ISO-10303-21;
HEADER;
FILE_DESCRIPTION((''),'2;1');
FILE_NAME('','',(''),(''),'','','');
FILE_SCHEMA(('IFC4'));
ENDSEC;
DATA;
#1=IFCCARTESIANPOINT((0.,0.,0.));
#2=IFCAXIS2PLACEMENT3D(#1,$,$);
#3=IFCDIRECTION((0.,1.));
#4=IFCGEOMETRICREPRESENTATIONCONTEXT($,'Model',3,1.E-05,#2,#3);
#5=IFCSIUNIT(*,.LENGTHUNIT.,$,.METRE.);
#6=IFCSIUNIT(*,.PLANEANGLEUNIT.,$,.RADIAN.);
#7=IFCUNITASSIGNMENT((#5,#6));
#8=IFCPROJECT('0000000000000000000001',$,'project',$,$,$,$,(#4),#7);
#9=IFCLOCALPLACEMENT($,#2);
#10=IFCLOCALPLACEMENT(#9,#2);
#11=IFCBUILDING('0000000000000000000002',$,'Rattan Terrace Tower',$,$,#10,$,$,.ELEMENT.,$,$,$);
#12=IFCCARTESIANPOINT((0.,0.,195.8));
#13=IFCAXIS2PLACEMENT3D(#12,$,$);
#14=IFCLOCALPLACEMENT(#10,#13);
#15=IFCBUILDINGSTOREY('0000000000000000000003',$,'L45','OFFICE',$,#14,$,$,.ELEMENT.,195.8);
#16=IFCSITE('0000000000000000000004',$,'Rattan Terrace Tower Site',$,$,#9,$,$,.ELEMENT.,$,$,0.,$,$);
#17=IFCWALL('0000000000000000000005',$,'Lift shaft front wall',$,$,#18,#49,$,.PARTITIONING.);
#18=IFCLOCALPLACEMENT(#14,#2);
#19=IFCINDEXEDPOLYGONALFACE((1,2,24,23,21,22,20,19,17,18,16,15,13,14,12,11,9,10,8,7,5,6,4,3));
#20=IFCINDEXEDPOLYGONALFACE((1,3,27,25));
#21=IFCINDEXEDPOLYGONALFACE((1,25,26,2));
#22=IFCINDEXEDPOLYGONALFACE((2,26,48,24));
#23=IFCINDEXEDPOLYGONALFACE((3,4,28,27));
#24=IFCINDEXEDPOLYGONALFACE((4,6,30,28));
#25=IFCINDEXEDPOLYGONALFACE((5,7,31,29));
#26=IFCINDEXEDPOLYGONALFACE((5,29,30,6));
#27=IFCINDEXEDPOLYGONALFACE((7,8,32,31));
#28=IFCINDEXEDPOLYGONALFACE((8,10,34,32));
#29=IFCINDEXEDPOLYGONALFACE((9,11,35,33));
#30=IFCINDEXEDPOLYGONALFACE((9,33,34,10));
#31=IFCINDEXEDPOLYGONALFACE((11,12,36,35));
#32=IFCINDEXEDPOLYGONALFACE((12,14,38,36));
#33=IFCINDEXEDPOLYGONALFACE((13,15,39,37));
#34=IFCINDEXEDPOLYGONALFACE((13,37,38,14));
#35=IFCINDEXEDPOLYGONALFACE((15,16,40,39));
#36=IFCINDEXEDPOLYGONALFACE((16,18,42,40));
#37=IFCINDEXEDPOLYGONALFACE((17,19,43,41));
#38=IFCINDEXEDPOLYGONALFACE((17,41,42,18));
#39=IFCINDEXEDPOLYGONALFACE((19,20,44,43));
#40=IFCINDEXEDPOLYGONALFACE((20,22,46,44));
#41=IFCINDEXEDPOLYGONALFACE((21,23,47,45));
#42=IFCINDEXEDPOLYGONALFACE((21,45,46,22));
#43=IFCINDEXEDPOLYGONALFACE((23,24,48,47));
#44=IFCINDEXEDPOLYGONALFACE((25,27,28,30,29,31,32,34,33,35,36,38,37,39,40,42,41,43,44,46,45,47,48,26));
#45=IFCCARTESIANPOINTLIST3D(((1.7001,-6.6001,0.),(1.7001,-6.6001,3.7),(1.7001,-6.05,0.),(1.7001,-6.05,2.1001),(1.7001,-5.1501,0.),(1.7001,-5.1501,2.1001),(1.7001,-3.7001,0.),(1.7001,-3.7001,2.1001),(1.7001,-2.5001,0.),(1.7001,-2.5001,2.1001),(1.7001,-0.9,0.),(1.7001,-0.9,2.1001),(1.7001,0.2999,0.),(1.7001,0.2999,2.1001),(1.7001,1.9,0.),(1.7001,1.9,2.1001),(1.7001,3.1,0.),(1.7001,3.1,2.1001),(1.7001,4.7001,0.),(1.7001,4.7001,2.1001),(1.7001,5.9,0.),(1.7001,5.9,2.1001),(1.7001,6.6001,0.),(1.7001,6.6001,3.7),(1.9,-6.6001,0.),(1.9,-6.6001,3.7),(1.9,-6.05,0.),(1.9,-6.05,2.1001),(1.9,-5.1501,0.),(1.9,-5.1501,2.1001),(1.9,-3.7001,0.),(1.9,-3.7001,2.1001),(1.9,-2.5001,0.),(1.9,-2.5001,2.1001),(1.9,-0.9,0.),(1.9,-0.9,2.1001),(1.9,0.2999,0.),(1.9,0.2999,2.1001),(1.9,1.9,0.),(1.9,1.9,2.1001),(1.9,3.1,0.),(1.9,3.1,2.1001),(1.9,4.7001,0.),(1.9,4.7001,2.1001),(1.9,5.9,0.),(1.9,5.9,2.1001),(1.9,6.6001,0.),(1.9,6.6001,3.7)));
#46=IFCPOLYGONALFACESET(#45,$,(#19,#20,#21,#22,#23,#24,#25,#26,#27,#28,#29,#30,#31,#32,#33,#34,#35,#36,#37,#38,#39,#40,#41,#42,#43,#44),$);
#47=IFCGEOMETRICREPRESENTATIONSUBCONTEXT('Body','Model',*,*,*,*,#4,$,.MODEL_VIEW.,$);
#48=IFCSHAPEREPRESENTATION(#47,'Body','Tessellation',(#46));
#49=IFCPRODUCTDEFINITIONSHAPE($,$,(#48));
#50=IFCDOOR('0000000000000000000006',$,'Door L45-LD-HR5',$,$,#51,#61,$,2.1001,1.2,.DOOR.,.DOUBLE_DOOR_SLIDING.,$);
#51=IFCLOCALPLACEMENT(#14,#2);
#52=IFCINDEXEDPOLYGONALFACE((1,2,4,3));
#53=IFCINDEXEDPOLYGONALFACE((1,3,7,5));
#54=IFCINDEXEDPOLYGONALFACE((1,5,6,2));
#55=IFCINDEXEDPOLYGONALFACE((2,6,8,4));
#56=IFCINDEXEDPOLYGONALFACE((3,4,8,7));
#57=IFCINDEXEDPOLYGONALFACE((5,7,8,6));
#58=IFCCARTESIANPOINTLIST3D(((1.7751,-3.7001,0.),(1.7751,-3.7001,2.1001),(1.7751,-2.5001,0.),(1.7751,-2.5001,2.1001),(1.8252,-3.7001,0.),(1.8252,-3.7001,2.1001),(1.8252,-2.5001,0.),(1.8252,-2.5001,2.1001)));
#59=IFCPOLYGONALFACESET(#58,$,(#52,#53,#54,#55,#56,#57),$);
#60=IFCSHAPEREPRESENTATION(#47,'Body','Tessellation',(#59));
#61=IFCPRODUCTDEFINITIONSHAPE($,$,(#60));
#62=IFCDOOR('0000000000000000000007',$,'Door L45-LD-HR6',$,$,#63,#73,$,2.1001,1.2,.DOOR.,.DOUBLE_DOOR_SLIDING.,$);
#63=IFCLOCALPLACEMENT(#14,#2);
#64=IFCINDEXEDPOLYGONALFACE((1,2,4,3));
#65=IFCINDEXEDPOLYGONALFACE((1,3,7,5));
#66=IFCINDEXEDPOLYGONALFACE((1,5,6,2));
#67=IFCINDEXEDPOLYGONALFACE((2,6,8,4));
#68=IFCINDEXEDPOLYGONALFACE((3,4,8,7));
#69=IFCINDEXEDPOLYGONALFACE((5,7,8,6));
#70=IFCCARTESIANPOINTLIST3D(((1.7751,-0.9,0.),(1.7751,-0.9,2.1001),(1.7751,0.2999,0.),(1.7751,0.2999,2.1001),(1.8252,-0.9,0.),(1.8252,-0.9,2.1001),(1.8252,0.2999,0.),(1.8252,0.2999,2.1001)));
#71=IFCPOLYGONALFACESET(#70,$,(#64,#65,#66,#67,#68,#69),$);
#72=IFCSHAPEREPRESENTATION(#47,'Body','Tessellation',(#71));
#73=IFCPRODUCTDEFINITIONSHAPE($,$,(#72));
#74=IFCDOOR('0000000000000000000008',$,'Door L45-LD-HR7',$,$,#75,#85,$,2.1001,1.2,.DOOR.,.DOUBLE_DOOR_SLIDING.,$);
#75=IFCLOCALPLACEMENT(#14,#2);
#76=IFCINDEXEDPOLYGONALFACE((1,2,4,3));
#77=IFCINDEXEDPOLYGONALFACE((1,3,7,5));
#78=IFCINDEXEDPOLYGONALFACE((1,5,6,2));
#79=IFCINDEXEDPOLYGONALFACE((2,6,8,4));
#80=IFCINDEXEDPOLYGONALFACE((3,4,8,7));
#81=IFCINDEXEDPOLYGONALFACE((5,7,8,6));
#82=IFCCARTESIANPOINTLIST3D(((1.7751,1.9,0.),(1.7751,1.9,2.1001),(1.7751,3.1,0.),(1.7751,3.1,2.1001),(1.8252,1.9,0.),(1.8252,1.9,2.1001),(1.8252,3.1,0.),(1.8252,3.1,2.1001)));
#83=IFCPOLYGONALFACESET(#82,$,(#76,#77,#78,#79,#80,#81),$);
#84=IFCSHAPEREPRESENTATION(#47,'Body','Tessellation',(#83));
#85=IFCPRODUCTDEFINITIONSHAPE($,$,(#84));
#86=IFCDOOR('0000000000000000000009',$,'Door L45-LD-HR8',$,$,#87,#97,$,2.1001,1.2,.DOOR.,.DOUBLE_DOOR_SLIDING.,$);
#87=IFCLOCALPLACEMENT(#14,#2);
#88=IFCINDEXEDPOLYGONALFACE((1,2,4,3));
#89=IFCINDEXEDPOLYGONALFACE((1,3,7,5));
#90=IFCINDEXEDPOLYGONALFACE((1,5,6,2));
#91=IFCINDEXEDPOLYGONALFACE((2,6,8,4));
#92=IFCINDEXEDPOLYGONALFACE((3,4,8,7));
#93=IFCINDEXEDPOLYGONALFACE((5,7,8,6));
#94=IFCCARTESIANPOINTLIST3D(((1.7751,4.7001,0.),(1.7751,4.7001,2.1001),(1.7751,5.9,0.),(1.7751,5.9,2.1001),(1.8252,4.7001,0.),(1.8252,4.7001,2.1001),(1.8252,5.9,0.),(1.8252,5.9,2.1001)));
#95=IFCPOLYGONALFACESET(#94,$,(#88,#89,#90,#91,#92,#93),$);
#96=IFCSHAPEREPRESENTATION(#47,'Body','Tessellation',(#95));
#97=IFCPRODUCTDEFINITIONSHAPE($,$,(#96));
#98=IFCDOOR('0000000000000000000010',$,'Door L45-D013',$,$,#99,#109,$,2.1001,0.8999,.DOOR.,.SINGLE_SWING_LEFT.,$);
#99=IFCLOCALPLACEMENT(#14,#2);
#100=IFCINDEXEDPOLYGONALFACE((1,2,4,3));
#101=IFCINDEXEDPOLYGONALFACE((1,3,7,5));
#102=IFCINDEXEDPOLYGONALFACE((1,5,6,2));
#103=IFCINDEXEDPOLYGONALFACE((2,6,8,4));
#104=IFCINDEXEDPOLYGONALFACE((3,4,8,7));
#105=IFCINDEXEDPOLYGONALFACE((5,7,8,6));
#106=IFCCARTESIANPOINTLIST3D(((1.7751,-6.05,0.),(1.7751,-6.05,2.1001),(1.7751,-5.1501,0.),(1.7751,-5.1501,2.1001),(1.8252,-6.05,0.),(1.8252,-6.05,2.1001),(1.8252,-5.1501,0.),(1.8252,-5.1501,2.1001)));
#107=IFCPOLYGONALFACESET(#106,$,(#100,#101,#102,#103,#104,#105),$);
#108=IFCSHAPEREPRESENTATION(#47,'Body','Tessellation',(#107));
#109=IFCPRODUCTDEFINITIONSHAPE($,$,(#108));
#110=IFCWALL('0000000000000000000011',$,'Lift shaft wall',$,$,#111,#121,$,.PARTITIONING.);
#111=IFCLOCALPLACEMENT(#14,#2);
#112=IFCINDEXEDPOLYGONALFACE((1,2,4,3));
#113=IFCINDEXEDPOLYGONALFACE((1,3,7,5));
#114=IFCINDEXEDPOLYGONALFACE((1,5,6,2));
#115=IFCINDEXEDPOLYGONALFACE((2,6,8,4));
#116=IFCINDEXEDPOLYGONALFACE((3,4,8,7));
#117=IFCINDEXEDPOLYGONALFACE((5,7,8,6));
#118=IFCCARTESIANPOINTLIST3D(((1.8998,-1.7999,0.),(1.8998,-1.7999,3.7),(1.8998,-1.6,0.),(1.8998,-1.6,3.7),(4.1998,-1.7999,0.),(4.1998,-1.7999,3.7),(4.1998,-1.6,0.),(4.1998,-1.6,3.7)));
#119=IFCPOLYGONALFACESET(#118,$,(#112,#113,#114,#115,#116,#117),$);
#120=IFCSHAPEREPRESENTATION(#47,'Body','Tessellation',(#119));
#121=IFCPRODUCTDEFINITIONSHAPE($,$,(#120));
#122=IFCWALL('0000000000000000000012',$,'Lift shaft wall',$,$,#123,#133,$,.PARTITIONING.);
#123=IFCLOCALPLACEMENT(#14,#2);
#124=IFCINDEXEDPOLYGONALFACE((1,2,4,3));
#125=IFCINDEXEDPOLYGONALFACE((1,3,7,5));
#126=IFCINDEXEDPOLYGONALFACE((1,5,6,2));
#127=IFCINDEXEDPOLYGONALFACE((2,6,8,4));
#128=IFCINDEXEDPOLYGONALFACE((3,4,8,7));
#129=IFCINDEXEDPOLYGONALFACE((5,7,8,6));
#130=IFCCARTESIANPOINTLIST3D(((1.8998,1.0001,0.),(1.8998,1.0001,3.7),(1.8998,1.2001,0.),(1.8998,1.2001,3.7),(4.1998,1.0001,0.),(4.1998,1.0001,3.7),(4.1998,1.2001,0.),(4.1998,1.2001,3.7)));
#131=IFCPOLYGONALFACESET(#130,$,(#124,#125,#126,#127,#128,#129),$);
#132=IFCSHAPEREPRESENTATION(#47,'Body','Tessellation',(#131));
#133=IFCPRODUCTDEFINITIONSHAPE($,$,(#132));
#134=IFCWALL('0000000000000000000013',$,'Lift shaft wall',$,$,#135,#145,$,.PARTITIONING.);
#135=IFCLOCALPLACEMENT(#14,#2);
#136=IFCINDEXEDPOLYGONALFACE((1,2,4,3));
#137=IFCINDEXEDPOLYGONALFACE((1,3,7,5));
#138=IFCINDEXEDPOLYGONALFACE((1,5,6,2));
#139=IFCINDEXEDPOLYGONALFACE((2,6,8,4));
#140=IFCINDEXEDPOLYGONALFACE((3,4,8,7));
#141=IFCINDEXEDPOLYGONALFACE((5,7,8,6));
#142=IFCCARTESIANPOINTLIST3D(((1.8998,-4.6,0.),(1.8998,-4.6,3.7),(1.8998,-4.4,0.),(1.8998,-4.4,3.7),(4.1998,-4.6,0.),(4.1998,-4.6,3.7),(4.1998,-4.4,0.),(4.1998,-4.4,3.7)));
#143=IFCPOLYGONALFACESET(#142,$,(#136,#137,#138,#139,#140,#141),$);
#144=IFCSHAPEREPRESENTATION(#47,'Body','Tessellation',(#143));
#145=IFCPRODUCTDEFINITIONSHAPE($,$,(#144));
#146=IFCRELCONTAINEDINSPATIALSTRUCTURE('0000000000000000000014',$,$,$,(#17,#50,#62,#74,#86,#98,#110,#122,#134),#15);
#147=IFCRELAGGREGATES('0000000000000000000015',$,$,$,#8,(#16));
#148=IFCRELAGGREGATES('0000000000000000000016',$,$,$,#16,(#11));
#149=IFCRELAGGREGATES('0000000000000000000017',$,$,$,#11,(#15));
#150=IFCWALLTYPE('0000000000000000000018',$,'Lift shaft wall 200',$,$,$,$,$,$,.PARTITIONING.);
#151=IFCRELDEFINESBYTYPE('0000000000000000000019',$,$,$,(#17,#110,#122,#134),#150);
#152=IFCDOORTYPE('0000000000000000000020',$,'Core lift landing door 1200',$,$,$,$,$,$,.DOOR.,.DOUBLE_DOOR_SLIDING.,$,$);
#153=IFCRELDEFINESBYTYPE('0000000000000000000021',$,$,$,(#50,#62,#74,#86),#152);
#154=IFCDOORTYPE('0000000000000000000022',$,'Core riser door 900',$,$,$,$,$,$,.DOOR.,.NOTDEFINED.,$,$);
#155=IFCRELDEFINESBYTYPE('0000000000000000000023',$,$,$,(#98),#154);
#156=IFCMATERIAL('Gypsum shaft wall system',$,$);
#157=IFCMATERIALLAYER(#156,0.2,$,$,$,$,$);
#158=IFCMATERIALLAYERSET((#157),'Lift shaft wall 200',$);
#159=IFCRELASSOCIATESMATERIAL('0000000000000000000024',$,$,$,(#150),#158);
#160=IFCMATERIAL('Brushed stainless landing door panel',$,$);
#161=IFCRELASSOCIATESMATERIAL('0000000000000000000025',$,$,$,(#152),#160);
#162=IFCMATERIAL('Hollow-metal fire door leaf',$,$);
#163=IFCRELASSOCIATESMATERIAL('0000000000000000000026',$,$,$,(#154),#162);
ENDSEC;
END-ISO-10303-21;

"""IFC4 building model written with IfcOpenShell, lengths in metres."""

from ifc_helpers import new_model, si_unit, direction, frame, frame_2d, origin, place, context, subcontext, project, spatial, rectangle, extrude, material, layer, layer_set, type_object, element, fill, save


model = new_model("IFC4")

# Units and contexts
model_context = context("Model", 3, precision=1e-05, world=origin(), true_north=direction((0.0, 1.0)))
body_context = subcontext(model_context, "Body", "Model", "MODEL_VIEW")
ifc_project = project(units=[si_unit("LENGTHUNIT", "METRE"), si_unit("PLANEANGLEUNIT", "RADIAN")], contexts=[model_context])

# Site, building, storey
site_placement = place(None, origin())
site = spatial("IfcSite", under=ifc_project, at=site_placement, Name="Rattan Terrace Tower Site", CompositionType="ELEMENT", RefElevation=0.0)
building_placement = place(site_placement, origin())
building = spatial("IfcBuilding", under=site, at=building_placement, Name="Rattan Terrace Tower", CompositionType="ELEMENT")
storey_placement = place(building_placement, frame((0.0, 0.0, 195.8)))
storey = spatial("IfcBuildingStorey", under=building, at=storey_placement, Name="L45", Description="OFFICE", CompositionType="ELEMENT", Elevation=195.8)

# Wall, openings, doors
ifc_material_1 = material(Name="Gypsum shaft wall system")
ifc_layer_1 = layer(ifc_material_1, 0.2)
ifc_layer_set_1 = layer_set([ifc_layer_1], Name="Lift shaft wall 200")
wall_type_1 = type_object("IfcWallType", Name="Lift shaft wall 200", PredefinedType="PARTITIONING", material=ifc_layer_set_1)
wall_1_placement = place(storey_placement, frame((1.8, -6.6001, 0.0), z_axis=(0.0, 0.0, 1.0), x_axis=(0.0, 1.0, 0.0)))
wall_1 = element("IfcWall", 1, at=wall_1_placement, inside=storey, type_object=wall_type_1, Name="Lift shaft front wall", PredefinedType="PARTITIONING", context=body_context, shape_type="SweptSolid", body=[
    extrude(rectangle(XDim=13.2002, YDim=0.2, at=frame_2d((6.6001, 0.0))), origin(), (0.0, 0.0, 1.0), 3.7),
])
opening_1_placement = place(wall_1_placement, frame((0.55, 0.0, 0.0)))
opening_1 = element("IfcOpeningElement", 2, at=opening_1_placement, cuts=wall_1, PredefinedType="OPENING", context=body_context, shape_type="SweptSolid", body=[
    extrude(rectangle(XDim=0.8999, YDim=2.1001, at=frame_2d((0.45, 1.05))), frame((0.0, 0.1106, 0.0), z_axis=(0.0, -1.0, 0.0), x_axis=(1.0, 0.0, 0.0)), (0.0, 0.0, 1.0), 0.2209),
])
opening_2_placement = place(wall_1_placement, frame((2.8999, 0.0, 0.0)))
opening_2 = element("IfcOpeningElement", 3, at=opening_2_placement, cuts=wall_1, PredefinedType="OPENING", context=body_context, shape_type="SweptSolid", body=[
    extrude(rectangle(XDim=1.2, YDim=2.1001, at=frame_2d((0.6001, 1.05))), frame((0.0, 0.1106, 0.0), z_axis=(0.0, -1.0, 0.0), x_axis=(1.0, 0.0, 0.0)), (0.0, 0.0, 1.0), 0.2209),
])
opening_3_placement = place(wall_1_placement, frame((5.7, 0.0, 0.0)))
opening_3 = element("IfcOpeningElement", 4, at=opening_3_placement, cuts=wall_1, PredefinedType="OPENING", context=body_context, shape_type="SweptSolid", body=[
    extrude(rectangle(XDim=1.2, YDim=2.1001, at=frame_2d((0.6001, 1.05))), frame((0.0, 0.1106, 0.0), z_axis=(0.0, -1.0, 0.0), x_axis=(1.0, 0.0, 0.0)), (0.0, 0.0, 1.0), 0.2209),
])
opening_4_placement = place(wall_1_placement, frame((8.5, 0.0, 0.0)))
opening_4 = element("IfcOpeningElement", 5, at=opening_4_placement, cuts=wall_1, PredefinedType="OPENING", context=body_context, shape_type="SweptSolid", body=[
    extrude(rectangle(XDim=1.2, YDim=2.1001, at=frame_2d((0.6001, 1.05))), frame((0.0, 0.1106, 0.0), z_axis=(0.0, -1.0, 0.0), x_axis=(1.0, 0.0, 0.0)), (0.0, 0.0, 1.0), 0.2209),
])
opening_5_placement = place(wall_1_placement, frame((11.3, 0.0, 0.0)))
opening_5 = element("IfcOpeningElement", 6, at=opening_5_placement, cuts=wall_1, PredefinedType="OPENING", context=body_context, shape_type="SweptSolid", body=[
    extrude(rectangle(XDim=1.2, YDim=2.1001, at=frame_2d((0.6001, 1.05))), frame((0.0, 0.1106, 0.0), z_axis=(0.0, -1.0, 0.0), x_axis=(1.0, 0.0, 0.0)), (0.0, 0.0, 1.0), 0.2209),
])
ifc_material_2 = material(Name="Brushed stainless landing door panel")
door_type_1 = type_object("IfcDoorType", Name="Core lift landing door 1200", OperationType="DOUBLE_DOOR_SLIDING", PredefinedType="DOOR", material=ifc_material_2)
door_1_placement = place(opening_2_placement, origin())
door_1 = element("IfcDoor", 7, at=door_1_placement, inside=storey, type_object=door_type_1, Name="Door L45-LD-HR5", OperationType="DOUBLE_DOOR_SLIDING", OverallHeight=2.1001, OverallWidth=1.2, PredefinedType="DOOR", context=body_context, shape_type="SweptSolid", body=[
    extrude(rectangle(XDim=1.2, YDim=2.1001, at=frame_2d((0.6001, 1.05))), frame((0.0, 0.0249, 0.0), z_axis=(0.0, -1.0, 0.0), x_axis=(1.0, 0.0, 0.0)), (0.0, 0.0, 1.0), 0.05),
])
fill(opening_2, door_1)
door_2_placement = place(opening_3_placement, origin())
door_2 = element("IfcDoor", 8, at=door_2_placement, inside=storey, type_object=door_type_1, Name="Door L45-LD-HR6", OperationType="DOUBLE_DOOR_SLIDING", OverallHeight=2.1001, OverallWidth=1.2, PredefinedType="DOOR", context=body_context, shape_type="SweptSolid", body=[
    extrude(rectangle(XDim=1.2, YDim=2.1001, at=frame_2d((0.6001, 1.05))), frame((0.0, 0.0249, 0.0), z_axis=(0.0, -1.0, 0.0), x_axis=(1.0, 0.0, 0.0)), (0.0, 0.0, 1.0), 0.05),
])
fill(opening_3, door_2)
door_3_placement = place(opening_4_placement, origin())
door_3 = element("IfcDoor", 9, at=door_3_placement, inside=storey, type_object=door_type_1, Name="Door L45-LD-HR7", OperationType="DOUBLE_DOOR_SLIDING", OverallHeight=2.1001, OverallWidth=1.2, PredefinedType="DOOR", context=body_context, shape_type="SweptSolid", body=[
    extrude(rectangle(XDim=1.2, YDim=2.1001, at=frame_2d((0.6001, 1.05))), frame((0.0, 0.0249, 0.0), z_axis=(0.0, -1.0, 0.0), x_axis=(1.0, 0.0, 0.0)), (0.0, 0.0, 1.0), 0.05),
])
fill(opening_4, door_3)
door_4_placement = place(opening_5_placement, origin())
door_4 = element("IfcDoor", 10, at=door_4_placement, inside=storey, type_object=door_type_1, Name="Door L45-LD-HR8", OperationType="DOUBLE_DOOR_SLIDING", OverallHeight=2.1001, OverallWidth=1.2, PredefinedType="DOOR", context=body_context, shape_type="SweptSolid", body=[
    extrude(rectangle(XDim=1.2, YDim=2.1001, at=frame_2d((0.6001, 1.05))), frame((0.0, 0.0249, 0.0), z_axis=(0.0, -1.0, 0.0), x_axis=(1.0, 0.0, 0.0)), (0.0, 0.0, 1.0), 0.05),
])
fill(opening_5, door_4)
ifc_material_3 = material(Name="Hollow-metal fire door leaf")
door_type_2 = type_object("IfcDoorType", Name="Core riser door 900", OperationType="NOTDEFINED", PredefinedType="DOOR", material=ifc_material_3)
door_5_placement = place(opening_1_placement, origin())
door_5 = element("IfcDoor", 11, at=door_5_placement, inside=storey, type_object=door_type_2, Name="Door L45-D013", OperationType="SINGLE_SWING_LEFT", OverallHeight=2.1001, OverallWidth=0.8999, PredefinedType="DOOR", context=body_context, shape_type="SweptSolid", body=[
    extrude(rectangle(XDim=0.8999, YDim=2.1001, at=frame_2d((0.45, 1.05))), frame((0.0, 0.0249, 0.0), z_axis=(0.0, -1.0, 0.0), x_axis=(1.0, 0.0, 0.0)), (0.0, 0.0, 1.0), 0.05),
])
fill(opening_1, door_5)

# Walls
for number, where, z_axis, x_axis, name in (
    (12, (1.8999, -1.7, 0.0), (0.0, 0.0, 1.0), (1.0, 0.0, 0.0), "Lift shaft wall"),
    (13, (1.8999, 1.1001, 0.0), (0.0, 0.0, 1.0), (1.0, 0.0, 0.0), "Lift shaft wall"),
    (14, (1.8999, -4.5, 0.0), (0.0, 0.0, 1.0), (1.0, 0.0, 0.0), "Lift shaft wall"),
):
    element("IfcWall", number, at=place(storey_placement, frame(where, z_axis=z_axis, x_axis=x_axis)), inside=storey, type_object=wall_type_1, Name=name, PredefinedType="PARTITIONING", context=body_context, shape_type="SweptSolid", body=[
        extrude(rectangle(XDim=2.3, YDim=0.2, at=frame_2d((1.1499, 0.0))), origin(), (0.0, 0.0, 1.0), 3.7),
    ])

save(model, "model.ifc")
